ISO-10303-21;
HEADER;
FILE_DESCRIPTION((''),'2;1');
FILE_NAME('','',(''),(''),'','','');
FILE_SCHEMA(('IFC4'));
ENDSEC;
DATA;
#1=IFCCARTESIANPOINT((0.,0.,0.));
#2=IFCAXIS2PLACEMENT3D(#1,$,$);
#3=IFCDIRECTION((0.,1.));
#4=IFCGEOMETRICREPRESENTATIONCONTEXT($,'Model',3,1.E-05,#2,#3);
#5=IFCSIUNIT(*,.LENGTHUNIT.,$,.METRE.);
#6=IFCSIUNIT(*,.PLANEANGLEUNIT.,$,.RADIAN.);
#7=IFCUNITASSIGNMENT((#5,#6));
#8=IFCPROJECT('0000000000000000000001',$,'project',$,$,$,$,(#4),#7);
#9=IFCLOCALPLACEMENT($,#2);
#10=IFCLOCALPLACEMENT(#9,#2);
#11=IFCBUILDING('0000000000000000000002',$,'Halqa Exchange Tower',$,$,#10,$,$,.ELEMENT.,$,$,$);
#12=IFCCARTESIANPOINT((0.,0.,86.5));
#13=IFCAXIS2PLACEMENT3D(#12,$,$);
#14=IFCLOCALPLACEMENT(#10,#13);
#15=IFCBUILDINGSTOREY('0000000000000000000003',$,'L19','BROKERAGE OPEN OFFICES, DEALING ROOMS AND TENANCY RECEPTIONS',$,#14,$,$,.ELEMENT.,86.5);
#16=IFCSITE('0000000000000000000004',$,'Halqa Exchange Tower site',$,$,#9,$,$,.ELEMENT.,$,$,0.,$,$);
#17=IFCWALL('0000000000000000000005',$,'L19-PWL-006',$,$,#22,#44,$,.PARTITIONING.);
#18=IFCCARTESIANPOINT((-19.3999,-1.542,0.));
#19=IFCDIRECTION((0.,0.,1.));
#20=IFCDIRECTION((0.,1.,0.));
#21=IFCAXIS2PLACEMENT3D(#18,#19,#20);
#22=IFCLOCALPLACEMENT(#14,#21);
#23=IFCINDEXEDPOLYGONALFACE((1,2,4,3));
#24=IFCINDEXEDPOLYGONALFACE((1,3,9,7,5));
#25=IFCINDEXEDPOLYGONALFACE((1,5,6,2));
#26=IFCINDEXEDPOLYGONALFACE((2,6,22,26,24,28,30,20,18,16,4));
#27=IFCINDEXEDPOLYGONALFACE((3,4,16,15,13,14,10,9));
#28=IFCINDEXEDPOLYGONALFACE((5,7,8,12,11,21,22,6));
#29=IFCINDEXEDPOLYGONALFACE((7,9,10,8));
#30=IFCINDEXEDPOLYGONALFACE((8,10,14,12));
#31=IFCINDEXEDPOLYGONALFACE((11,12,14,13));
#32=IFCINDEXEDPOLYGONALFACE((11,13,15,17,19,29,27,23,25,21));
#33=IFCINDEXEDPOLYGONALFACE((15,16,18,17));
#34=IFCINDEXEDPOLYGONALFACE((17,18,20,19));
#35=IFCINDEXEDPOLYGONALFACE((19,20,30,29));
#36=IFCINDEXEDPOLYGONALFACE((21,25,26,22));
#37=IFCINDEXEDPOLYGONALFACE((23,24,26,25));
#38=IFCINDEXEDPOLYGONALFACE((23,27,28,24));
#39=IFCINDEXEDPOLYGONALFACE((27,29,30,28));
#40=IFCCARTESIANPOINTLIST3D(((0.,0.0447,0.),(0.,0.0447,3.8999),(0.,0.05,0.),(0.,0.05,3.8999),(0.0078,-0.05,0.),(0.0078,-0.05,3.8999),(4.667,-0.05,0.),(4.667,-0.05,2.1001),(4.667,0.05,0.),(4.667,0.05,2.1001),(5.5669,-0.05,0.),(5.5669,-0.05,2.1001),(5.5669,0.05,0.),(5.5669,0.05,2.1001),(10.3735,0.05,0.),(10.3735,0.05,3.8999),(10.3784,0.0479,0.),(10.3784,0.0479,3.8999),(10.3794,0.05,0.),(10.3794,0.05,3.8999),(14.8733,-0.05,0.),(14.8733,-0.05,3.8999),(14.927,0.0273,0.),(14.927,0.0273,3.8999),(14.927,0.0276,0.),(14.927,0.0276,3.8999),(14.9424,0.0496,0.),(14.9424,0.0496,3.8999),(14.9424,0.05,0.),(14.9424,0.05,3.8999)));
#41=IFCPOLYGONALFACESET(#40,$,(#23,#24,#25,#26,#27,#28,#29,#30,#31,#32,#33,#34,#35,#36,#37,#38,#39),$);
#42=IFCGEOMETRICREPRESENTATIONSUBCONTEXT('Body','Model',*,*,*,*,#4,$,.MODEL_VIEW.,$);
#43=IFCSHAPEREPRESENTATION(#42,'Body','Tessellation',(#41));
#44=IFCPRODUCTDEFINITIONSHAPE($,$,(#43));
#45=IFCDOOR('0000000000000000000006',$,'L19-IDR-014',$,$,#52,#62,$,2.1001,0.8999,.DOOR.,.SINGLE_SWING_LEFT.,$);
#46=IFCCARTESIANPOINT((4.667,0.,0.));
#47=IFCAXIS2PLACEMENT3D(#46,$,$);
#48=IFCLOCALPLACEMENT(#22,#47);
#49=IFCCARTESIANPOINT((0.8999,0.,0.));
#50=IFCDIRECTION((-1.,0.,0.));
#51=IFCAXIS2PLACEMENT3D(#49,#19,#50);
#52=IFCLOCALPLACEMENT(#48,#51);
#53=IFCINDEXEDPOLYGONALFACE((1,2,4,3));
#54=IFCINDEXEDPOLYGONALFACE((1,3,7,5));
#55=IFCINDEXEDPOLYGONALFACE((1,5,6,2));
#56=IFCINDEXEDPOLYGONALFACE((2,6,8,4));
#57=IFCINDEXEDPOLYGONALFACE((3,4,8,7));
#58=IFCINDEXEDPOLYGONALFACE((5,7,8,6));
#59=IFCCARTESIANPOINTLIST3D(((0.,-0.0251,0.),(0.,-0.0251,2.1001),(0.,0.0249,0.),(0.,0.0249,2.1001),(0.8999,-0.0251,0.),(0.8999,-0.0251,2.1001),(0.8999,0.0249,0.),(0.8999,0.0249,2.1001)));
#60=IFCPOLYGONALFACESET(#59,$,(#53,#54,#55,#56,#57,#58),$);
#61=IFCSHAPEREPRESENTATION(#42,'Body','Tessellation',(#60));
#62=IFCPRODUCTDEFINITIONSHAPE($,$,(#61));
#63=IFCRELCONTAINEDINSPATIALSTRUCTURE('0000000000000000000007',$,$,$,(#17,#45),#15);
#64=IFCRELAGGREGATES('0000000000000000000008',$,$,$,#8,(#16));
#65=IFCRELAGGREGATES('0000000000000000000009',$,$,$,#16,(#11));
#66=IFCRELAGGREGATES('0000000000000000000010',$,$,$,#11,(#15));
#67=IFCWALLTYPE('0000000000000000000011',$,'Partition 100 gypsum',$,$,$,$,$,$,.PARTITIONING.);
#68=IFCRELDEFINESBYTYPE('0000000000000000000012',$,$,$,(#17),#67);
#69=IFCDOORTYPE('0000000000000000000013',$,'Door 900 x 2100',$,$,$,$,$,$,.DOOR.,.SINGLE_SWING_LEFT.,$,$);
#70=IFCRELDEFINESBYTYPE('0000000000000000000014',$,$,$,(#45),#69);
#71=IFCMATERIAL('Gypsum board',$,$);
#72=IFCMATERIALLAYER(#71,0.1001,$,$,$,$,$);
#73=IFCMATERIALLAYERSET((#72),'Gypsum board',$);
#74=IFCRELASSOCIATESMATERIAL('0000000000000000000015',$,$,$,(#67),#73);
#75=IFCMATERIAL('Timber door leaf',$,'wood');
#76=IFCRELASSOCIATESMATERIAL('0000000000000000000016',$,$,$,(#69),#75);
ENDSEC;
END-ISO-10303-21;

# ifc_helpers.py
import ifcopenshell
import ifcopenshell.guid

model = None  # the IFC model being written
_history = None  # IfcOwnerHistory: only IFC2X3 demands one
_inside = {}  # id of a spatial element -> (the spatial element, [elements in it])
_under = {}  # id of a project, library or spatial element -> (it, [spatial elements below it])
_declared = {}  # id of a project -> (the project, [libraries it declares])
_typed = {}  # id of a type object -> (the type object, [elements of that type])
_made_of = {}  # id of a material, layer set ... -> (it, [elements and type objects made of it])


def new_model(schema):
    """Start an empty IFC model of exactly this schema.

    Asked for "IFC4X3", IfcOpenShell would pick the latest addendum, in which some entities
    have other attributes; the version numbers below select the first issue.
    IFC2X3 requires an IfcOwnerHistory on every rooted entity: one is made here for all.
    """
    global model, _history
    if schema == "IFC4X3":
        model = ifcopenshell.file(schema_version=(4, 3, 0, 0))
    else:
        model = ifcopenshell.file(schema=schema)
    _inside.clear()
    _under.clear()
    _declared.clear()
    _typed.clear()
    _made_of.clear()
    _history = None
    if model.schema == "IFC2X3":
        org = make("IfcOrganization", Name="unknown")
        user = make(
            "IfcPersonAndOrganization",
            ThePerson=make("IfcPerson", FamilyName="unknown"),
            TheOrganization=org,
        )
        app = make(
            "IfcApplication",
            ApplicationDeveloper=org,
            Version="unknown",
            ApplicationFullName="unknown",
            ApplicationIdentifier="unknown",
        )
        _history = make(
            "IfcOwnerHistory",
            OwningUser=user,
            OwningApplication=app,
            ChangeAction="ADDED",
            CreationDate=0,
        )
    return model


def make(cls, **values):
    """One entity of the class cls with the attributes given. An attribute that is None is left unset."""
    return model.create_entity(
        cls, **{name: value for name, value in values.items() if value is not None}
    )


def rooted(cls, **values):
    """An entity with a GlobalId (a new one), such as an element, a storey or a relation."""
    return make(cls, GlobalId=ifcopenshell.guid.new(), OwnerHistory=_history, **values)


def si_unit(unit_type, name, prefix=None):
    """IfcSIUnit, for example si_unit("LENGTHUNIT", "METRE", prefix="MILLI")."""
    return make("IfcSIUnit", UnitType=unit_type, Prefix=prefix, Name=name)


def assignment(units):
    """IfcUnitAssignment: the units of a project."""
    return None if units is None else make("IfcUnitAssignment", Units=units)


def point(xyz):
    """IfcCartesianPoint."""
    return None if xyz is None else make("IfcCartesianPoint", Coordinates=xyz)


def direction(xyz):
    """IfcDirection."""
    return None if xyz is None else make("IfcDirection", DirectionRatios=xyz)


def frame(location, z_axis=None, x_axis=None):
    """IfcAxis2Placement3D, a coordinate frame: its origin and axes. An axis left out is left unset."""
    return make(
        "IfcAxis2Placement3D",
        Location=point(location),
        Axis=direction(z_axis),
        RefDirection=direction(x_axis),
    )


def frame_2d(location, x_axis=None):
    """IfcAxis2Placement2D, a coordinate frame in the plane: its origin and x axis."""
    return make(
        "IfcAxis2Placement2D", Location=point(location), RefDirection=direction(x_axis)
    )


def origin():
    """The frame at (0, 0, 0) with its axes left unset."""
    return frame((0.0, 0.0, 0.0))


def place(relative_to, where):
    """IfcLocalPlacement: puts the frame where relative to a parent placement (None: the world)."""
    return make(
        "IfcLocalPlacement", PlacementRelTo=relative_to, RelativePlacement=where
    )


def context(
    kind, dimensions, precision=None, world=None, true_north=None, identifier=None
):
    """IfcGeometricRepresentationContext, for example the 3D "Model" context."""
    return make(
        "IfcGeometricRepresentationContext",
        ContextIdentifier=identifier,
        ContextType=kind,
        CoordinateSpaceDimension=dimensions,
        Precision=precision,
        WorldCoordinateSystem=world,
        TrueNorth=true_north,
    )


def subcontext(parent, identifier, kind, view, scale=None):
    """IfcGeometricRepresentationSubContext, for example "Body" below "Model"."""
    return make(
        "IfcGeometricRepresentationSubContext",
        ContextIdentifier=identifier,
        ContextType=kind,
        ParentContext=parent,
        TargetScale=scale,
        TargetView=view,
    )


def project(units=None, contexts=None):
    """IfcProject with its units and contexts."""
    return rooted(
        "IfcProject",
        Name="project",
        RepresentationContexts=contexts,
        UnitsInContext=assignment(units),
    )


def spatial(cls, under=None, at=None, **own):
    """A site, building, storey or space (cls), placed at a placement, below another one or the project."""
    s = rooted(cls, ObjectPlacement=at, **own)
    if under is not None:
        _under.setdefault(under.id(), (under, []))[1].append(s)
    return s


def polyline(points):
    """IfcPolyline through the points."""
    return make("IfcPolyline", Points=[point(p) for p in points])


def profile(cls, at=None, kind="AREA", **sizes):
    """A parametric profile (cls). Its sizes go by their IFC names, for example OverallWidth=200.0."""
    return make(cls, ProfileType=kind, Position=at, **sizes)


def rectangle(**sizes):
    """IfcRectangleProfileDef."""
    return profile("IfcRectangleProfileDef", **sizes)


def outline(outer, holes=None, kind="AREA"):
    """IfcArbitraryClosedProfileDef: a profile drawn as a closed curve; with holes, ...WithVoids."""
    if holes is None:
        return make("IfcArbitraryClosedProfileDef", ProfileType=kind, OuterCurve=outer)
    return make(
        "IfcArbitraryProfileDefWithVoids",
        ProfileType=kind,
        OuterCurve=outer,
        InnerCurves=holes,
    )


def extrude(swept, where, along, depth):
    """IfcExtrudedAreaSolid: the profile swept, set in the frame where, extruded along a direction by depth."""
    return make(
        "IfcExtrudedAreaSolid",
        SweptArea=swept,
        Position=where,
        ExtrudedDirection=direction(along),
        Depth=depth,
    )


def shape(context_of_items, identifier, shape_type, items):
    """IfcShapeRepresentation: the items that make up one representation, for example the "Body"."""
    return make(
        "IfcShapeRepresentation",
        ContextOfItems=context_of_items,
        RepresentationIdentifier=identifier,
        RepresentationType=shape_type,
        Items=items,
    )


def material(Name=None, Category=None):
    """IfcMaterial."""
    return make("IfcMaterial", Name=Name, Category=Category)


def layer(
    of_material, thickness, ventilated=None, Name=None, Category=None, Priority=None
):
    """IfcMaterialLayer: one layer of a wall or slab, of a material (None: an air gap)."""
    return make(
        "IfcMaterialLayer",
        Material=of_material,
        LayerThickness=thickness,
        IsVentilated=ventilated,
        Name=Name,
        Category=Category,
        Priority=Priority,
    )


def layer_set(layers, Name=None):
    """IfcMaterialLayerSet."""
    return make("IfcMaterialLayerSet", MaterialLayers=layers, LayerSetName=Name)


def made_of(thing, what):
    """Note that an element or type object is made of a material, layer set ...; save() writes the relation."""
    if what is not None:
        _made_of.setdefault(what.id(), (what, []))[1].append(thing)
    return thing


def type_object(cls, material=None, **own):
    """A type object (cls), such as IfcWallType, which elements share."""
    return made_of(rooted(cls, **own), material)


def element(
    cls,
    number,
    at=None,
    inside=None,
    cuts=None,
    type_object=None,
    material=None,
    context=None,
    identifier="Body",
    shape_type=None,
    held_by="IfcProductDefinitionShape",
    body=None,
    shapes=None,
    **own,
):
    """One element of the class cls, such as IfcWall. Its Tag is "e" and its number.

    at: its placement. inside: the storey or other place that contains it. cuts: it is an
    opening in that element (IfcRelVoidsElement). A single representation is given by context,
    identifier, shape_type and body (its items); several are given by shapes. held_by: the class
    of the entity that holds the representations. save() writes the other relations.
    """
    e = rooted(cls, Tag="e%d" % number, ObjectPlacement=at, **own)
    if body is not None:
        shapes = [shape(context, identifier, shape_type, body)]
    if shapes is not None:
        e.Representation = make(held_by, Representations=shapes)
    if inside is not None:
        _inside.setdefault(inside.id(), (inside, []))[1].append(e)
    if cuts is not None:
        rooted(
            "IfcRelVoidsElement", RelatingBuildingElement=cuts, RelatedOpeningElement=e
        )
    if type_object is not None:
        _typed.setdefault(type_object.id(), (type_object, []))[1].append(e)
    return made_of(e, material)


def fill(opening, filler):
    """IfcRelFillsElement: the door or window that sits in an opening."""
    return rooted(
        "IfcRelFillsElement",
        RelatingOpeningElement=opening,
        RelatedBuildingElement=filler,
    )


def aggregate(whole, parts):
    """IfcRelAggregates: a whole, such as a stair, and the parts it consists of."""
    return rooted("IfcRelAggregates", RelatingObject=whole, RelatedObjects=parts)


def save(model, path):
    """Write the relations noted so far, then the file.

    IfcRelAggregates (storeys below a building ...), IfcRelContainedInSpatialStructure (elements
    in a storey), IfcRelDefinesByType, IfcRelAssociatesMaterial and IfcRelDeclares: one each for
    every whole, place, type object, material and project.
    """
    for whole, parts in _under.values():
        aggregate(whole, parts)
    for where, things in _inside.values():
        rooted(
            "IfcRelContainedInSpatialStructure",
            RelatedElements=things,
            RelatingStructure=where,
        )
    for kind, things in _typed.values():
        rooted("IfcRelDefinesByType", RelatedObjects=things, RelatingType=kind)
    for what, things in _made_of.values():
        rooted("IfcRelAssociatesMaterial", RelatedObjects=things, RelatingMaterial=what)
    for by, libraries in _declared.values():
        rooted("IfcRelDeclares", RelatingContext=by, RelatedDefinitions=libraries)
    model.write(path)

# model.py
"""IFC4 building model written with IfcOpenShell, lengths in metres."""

from ifc_helpers import new_model, si_unit, direction, frame, frame_2d, origin, place, context, subcontext, project, spatial, polyline, rectangle, outline, extrude, material, layer, layer_set, type_object, element, fill, save


model = new_model("IFC4")

# Units and contexts
model_context = context("Model", 3, precision=1e-05, world=origin(), true_north=direction((0.0, 1.0)))
body_context = subcontext(model_context, "Body", "Model", "MODEL_VIEW")
ifc_project = project(units=[si_unit("LENGTHUNIT", "METRE"), si_unit("PLANEANGLEUNIT", "RADIAN")], contexts=[model_context])

# Site, building, storey
site_placement = place(None, origin())
site = spatial("IfcSite", under=ifc_project, at=site_placement, Name="Halqa Exchange Tower site", CompositionType="ELEMENT", RefElevation=0.0)
building_placement = place(site_placement, origin())
building = spatial("IfcBuilding", under=site, at=building_placement, Name="Halqa Exchange Tower", CompositionType="ELEMENT")
storey_placement = place(building_placement, frame((0.0, 0.0, 86.5)))
storey = spatial("IfcBuildingStorey", under=building, at=storey_placement, Name="L19", Description="BROKERAGE OPEN OFFICES, DEALING ROOMS AND TENANCY RECEPTIONS", CompositionType="ELEMENT", Elevation=86.5)

# Wall, opening, door
ifc_material_1 = material(Name="Gypsum board")
ifc_layer_1 = layer(ifc_material_1, 0.1001)
ifc_layer_set_1 = layer_set([ifc_layer_1], Name="Gypsum board")
wall_type_1 = type_object("IfcWallType", Name="Partition 100 gypsum", PredefinedType="PARTITIONING", material=ifc_layer_set_1)
wall_1_placement = place(storey_placement, frame((-19.3999, -1.542, 0.0), z_axis=(0.0, 0.0, 1.0), x_axis=(0.0, 1.0, 0.0)))
wall_1 = element("IfcWall", 1, at=wall_1_placement, inside=storey, type_object=wall_type_1, Name="L19-PWL-006", PredefinedType="PARTITIONING", context=body_context, shape_type="SweptSolid", body=[
    extrude(outline(polyline([(0.0078, -0.05), (1.866, -0.05), (3.7241, -0.05), (5.5823, -0.05), (7.4407, -0.05), (9.2988, -0.05), (11.157, -0.05), (13.0151, -0.05), (14.8733, -0.05), (14.927, 0.0276), (14.927, 0.0273), (14.9424, 0.0496), (14.9424, 0.05), (13.4214, 0.05), (11.9004, 0.05), (10.3794, 0.05), (10.3784, 0.0479), (10.3735, 0.05), (8.6445, 0.05), (6.9158, 0.05), (5.1868, 0.05), (3.4578, 0.05), (1.729, 0.05), (0.0, 0.05), (0.0, 0.0447), (0.0078, -0.05)])), origin(), (0.0, 0.0, 1.0), 3.8999),
])
opening_1_placement = place(wall_1_placement, frame((4.667, 0.0, 0.0)))
opening_1 = element("IfcOpeningElement", 2, at=opening_1_placement, cuts=wall_1, PredefinedType="OPENING", context=body_context, shape_type="SweptSolid", body=[
    extrude(rectangle(XDim=0.8999, YDim=2.1001, at=frame_2d((0.45, 1.05))), frame((0.0, 0.062, 0.0), z_axis=(0.0, -1.0, 0.0), x_axis=(1.0, 0.0, 0.0)), (0.0, 0.0, 1.0), 0.124),
])
ifc_material_2 = material(Name="Timber door leaf", Category="wood")
door_type_1 = type_object("IfcDoorType", Name="Door 900 x 2100", OperationType="SINGLE_SWING_LEFT", PredefinedType="DOOR", material=ifc_material_2)
door_1_placement = place(opening_1_placement, frame((0.8999, 0.0, 0.0), z_axis=(0.0, 0.0, 1.0), x_axis=(-1.0, 0.0, 0.0)))
door_1 = element("IfcDoor", 3, at=door_1_placement, inside=storey, type_object=door_type_1, Name="L19-IDR-014", OperationType="SINGLE_SWING_LEFT", OverallHeight=2.1001, OverallWidth=0.8999, PredefinedType="DOOR", context=body_context, shape_type="SweptSolid", body=[
    extrude(rectangle(XDim=0.8999, YDim=2.1001, at=frame_2d((0.45, 1.05))), frame((0.0, 0.0249, 0.0), z_axis=(0.0, -1.0, 0.0), x_axis=(1.0, 0.0, 0.0)), (0.0, 0.0, 1.0), 0.05),
])
fill(opening_1, door_1)

save(model, "model.ifc")
